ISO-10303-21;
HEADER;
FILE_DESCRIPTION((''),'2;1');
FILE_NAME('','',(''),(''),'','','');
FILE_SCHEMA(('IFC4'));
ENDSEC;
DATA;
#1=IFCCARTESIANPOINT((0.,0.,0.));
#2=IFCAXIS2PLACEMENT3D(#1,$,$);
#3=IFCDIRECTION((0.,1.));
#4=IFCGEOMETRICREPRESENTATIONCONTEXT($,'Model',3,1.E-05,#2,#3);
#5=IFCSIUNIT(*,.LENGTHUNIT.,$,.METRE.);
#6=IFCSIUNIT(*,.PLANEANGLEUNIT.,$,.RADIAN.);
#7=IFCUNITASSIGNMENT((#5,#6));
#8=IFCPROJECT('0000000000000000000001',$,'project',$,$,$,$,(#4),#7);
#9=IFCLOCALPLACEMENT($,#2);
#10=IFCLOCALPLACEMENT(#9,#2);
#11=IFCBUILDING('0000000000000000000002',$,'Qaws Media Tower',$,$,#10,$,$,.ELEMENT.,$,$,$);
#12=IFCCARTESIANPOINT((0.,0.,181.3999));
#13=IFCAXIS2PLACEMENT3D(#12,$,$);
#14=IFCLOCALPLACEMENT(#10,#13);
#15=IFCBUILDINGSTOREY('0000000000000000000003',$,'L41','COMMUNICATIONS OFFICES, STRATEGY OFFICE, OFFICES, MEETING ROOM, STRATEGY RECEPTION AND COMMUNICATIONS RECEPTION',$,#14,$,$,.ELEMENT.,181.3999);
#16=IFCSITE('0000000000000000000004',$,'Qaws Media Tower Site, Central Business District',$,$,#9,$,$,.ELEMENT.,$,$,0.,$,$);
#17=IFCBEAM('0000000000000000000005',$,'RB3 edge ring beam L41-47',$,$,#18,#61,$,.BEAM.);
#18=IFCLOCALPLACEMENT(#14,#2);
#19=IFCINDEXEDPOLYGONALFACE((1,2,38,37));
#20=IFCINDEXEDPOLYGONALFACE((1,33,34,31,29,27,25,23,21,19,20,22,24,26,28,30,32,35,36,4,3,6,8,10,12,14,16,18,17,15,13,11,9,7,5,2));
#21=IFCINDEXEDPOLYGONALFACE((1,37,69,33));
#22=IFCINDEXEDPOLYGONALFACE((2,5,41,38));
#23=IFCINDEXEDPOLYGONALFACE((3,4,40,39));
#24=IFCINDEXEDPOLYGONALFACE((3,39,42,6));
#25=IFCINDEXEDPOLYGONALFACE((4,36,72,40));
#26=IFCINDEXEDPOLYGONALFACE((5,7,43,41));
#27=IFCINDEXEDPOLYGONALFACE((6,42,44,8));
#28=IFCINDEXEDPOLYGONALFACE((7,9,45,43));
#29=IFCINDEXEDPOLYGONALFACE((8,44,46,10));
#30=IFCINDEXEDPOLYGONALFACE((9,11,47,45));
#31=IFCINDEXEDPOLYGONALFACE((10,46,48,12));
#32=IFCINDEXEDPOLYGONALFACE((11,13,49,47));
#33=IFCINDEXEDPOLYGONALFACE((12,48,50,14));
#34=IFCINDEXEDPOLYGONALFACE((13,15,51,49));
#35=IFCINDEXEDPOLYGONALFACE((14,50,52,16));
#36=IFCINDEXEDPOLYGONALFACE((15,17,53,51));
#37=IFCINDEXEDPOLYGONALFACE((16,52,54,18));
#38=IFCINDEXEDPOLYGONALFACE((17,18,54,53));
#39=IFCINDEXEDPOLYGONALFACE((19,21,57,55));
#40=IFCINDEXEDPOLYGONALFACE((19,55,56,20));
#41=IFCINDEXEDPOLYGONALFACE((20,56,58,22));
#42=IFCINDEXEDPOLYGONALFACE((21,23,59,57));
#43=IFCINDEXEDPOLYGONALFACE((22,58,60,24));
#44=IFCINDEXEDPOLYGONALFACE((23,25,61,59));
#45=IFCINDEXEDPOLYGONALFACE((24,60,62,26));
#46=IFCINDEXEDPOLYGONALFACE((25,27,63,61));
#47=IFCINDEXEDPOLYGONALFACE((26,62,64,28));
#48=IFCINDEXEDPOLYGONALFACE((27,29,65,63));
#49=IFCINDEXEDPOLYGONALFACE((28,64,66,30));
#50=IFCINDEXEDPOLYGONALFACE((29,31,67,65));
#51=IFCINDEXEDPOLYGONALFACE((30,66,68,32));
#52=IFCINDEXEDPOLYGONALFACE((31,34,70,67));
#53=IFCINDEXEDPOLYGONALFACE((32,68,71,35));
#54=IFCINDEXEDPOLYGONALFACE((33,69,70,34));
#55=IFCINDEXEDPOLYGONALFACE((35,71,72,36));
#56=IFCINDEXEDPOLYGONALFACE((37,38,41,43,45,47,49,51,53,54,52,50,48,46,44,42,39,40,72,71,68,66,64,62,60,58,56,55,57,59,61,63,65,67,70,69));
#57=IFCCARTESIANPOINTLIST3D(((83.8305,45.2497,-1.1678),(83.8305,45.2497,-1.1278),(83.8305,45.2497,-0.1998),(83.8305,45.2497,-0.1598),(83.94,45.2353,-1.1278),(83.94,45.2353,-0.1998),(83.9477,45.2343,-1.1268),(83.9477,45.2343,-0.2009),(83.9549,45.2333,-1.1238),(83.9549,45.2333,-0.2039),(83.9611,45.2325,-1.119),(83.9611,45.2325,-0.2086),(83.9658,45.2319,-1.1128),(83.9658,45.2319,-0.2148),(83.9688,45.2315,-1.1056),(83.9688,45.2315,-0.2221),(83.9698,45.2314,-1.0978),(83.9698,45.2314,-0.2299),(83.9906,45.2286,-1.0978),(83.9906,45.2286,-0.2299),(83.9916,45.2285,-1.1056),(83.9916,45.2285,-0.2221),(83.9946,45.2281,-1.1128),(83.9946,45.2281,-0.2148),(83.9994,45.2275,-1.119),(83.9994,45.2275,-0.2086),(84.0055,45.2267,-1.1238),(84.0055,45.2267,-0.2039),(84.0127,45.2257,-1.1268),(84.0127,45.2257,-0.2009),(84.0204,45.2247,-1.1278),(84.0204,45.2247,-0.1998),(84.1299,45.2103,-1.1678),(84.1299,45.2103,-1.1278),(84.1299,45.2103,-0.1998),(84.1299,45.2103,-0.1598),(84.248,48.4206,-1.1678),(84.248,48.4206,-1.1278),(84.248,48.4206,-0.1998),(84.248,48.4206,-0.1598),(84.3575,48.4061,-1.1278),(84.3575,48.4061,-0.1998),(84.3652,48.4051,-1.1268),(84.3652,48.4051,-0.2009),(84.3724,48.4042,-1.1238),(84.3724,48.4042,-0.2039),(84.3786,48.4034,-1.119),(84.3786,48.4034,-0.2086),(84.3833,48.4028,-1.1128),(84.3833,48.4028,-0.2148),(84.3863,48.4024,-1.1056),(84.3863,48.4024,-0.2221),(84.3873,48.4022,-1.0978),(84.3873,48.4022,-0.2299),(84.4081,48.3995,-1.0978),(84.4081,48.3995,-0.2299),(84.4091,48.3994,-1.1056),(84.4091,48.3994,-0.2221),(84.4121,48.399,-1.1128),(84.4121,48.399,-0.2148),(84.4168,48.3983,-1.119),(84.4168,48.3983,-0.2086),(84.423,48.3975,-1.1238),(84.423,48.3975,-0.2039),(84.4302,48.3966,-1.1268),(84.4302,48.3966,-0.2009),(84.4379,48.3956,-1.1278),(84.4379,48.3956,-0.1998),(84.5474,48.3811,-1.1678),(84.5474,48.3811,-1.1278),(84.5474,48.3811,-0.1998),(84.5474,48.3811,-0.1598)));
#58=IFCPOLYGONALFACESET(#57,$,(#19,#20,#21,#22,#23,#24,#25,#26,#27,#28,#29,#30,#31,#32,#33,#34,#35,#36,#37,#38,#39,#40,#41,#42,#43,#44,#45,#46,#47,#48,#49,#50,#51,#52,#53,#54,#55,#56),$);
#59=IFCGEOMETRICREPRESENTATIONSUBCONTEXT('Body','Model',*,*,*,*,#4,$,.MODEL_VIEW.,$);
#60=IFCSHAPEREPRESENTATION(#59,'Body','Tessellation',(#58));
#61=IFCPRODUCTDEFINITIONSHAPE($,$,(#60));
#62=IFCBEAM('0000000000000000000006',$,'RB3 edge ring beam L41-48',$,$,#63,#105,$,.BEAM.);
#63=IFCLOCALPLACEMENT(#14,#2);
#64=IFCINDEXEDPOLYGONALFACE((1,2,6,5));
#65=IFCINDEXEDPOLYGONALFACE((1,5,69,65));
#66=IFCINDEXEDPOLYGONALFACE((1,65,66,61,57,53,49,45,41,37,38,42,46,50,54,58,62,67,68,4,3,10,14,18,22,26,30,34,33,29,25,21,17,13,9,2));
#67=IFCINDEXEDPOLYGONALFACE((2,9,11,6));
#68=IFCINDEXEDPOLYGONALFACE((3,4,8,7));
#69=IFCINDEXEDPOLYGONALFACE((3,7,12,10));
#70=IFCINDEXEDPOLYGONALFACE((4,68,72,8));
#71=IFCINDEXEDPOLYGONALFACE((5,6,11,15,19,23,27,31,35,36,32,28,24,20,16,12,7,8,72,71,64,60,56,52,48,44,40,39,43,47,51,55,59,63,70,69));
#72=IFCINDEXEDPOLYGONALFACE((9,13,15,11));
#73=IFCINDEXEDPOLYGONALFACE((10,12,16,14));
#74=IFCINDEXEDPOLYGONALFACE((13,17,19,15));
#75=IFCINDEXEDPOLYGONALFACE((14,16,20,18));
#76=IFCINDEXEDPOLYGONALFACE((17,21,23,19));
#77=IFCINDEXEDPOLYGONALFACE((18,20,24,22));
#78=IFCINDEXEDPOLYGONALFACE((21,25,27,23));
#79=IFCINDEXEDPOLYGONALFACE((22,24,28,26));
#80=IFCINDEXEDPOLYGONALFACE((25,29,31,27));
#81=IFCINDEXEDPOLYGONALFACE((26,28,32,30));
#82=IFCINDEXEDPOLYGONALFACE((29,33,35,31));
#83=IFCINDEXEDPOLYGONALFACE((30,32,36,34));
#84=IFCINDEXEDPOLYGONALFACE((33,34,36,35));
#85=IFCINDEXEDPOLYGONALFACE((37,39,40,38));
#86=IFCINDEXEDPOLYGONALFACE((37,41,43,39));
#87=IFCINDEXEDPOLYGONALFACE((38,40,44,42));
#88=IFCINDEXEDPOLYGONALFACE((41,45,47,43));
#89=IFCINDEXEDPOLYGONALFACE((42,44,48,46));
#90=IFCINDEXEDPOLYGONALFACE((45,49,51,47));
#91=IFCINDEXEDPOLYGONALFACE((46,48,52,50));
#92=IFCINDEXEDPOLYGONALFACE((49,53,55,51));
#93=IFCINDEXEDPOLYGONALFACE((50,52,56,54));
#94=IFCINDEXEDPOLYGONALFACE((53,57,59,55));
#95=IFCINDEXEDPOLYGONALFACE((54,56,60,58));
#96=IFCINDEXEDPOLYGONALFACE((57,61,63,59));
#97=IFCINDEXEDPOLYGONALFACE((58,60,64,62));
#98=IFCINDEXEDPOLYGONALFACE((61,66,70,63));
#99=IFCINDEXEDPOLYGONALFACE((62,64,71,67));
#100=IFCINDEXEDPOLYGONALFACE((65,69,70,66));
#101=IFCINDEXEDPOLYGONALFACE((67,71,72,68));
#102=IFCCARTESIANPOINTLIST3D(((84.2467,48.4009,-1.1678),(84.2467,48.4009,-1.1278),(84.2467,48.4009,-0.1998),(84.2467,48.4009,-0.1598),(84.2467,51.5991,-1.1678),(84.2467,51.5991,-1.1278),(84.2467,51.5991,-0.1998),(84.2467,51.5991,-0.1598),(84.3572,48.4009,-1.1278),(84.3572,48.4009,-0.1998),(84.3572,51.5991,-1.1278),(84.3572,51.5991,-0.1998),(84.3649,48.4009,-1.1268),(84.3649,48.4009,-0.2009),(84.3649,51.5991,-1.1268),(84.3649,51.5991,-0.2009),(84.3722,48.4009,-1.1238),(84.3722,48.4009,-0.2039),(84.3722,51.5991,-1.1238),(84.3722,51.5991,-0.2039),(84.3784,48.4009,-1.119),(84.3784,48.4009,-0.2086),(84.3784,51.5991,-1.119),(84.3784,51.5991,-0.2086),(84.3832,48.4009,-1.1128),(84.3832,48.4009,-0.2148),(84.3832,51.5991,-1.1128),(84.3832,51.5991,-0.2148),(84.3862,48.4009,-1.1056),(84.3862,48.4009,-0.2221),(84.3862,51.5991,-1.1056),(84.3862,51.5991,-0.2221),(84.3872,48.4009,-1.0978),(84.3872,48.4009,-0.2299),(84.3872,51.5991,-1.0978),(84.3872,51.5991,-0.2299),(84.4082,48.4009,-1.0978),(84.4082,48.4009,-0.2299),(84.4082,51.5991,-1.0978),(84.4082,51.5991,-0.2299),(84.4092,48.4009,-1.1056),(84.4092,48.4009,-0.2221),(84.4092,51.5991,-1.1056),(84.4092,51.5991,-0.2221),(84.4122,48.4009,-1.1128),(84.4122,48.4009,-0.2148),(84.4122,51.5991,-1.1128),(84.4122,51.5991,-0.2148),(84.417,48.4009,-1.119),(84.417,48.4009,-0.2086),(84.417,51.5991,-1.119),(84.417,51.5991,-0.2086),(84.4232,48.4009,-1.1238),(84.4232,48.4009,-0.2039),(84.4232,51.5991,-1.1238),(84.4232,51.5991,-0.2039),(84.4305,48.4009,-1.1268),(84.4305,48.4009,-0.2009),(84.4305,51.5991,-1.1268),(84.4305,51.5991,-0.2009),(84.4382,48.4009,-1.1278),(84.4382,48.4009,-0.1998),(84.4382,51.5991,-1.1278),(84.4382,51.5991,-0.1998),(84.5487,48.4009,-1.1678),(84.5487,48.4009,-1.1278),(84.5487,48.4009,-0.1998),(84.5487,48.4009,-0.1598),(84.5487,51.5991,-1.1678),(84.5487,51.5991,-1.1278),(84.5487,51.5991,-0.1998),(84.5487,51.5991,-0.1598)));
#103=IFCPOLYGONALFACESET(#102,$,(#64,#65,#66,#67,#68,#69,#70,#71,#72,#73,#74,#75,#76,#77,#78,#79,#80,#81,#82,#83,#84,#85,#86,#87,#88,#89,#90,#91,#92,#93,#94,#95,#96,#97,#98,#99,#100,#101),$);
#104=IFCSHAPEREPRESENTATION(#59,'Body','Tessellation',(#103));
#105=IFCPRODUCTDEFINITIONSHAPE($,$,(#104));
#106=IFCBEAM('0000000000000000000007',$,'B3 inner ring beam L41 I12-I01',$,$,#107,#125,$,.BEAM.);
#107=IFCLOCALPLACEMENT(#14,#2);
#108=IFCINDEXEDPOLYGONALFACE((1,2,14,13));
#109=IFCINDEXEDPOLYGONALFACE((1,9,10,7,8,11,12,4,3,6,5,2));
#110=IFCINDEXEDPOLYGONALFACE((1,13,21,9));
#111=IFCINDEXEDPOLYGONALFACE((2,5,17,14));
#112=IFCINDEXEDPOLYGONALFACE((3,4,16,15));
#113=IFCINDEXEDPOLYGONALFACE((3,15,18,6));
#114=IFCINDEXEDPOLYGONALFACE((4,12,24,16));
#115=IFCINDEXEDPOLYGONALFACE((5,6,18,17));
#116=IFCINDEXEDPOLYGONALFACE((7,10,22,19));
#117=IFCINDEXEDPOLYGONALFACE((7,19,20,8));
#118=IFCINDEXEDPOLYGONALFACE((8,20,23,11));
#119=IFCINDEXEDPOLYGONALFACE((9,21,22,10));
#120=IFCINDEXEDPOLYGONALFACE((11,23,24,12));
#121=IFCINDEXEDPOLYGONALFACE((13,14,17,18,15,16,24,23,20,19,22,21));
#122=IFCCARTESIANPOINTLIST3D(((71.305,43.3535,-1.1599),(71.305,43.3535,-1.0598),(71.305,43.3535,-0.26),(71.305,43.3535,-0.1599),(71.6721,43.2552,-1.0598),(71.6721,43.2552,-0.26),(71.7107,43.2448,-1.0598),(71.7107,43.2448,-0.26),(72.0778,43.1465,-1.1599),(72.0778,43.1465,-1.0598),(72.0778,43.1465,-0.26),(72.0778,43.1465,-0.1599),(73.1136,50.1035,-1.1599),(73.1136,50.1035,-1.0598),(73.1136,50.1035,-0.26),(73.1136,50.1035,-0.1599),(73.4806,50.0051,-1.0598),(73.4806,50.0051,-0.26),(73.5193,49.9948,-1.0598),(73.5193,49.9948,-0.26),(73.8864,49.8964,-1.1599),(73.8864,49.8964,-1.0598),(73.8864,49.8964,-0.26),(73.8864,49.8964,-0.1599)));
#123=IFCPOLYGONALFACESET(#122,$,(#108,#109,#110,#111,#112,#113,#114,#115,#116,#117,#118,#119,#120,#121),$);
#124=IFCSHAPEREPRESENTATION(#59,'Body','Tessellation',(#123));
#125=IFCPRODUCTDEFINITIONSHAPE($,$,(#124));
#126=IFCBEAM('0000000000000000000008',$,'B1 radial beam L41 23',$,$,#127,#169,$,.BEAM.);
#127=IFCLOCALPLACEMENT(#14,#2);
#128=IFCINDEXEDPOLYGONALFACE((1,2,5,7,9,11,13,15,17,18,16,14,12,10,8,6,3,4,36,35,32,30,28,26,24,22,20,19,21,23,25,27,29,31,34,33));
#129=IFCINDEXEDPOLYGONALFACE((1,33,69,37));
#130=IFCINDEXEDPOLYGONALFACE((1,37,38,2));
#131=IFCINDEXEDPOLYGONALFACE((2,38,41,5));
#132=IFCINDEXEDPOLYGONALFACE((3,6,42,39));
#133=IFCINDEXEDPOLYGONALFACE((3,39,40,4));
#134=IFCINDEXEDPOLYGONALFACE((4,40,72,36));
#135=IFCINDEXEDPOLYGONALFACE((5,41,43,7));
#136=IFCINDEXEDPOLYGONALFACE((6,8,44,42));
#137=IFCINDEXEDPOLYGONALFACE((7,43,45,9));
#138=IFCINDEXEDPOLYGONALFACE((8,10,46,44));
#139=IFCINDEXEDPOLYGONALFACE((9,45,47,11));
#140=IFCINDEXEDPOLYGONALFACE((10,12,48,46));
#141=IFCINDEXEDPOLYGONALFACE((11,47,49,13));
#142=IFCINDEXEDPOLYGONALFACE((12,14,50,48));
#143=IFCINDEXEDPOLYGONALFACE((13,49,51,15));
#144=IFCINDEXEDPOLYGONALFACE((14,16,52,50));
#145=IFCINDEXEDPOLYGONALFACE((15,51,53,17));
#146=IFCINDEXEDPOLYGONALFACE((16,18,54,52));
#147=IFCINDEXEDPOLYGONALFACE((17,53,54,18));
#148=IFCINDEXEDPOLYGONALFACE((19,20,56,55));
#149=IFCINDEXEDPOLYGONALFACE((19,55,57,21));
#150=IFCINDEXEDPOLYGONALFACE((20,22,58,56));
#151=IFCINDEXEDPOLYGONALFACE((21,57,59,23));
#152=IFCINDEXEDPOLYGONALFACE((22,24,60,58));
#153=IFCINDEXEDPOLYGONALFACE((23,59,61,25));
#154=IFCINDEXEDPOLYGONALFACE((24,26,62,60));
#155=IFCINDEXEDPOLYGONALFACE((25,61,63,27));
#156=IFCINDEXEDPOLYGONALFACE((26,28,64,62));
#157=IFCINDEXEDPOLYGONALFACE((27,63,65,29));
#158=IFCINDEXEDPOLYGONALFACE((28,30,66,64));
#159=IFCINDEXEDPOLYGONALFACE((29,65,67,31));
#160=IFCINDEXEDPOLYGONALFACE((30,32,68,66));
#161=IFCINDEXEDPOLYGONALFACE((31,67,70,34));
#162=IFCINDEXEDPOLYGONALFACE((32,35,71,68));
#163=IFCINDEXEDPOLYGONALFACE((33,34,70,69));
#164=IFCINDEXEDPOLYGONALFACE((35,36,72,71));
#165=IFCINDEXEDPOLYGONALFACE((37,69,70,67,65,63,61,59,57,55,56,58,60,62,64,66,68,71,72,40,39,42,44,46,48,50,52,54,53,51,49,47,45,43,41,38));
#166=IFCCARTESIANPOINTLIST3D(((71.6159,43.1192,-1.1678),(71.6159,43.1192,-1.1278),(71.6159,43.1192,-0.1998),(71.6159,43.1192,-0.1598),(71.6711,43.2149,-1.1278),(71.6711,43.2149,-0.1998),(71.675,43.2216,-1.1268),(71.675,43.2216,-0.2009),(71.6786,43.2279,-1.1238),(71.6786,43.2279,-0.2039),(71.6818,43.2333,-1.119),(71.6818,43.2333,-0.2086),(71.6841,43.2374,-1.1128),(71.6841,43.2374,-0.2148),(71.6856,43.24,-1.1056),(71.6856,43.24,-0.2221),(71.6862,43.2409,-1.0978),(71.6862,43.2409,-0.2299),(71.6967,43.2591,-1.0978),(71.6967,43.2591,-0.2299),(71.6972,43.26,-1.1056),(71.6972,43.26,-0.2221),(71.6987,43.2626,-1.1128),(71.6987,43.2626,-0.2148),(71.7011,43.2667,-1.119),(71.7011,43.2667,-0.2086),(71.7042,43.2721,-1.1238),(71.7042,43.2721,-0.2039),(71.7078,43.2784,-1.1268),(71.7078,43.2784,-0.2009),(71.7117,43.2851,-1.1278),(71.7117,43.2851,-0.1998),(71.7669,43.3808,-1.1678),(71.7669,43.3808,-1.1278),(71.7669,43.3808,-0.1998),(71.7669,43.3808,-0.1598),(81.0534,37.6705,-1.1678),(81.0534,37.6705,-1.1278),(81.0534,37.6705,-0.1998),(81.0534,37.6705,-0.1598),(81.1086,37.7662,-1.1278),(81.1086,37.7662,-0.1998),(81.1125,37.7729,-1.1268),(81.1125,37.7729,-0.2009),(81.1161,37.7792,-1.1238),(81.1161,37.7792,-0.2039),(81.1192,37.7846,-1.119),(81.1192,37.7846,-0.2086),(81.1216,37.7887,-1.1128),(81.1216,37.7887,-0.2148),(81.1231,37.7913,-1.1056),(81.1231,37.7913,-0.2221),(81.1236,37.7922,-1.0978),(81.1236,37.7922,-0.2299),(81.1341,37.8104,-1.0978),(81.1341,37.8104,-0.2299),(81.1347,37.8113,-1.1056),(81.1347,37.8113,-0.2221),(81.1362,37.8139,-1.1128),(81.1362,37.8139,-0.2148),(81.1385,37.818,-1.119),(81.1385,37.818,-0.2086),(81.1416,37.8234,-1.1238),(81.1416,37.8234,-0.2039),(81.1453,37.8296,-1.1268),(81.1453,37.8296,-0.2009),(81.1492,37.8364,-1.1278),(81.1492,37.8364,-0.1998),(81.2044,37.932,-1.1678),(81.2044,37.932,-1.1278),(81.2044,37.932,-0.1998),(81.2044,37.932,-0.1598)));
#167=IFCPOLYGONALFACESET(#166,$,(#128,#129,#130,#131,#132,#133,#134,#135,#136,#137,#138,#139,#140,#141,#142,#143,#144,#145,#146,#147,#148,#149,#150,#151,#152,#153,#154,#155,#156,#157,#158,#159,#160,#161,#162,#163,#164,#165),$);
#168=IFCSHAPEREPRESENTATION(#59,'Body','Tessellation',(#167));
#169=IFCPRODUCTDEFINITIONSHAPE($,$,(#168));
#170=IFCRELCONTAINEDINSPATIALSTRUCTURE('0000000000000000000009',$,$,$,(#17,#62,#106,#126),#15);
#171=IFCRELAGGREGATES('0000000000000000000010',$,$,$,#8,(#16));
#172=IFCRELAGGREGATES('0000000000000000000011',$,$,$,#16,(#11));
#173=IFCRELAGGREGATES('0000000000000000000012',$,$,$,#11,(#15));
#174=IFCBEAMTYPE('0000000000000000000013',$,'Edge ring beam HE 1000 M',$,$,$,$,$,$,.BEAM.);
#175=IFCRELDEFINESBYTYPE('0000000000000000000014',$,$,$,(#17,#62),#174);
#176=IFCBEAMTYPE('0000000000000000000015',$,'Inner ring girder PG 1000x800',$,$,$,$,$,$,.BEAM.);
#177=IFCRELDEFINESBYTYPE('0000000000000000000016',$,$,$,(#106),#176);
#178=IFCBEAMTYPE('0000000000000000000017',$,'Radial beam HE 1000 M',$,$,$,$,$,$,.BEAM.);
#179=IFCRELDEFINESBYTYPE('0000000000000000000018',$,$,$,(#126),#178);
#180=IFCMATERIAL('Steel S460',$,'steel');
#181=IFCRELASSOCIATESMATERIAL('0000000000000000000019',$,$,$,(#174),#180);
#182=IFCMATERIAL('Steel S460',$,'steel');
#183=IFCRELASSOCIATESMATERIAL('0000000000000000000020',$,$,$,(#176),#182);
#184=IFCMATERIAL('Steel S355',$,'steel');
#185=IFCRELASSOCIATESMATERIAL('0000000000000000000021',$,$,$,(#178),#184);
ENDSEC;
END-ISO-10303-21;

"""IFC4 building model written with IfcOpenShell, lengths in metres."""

from ifc_helpers import new_model, si_unit, direction, frame, origin, origin_2d, place, context, subcontext, project, spatial, i_section, extrude, material, material_profile, profile_set, type_object, element, save


model = new_model("IFC4")

# Units and contexts
model_context = context("Model", 3, precision=1e-05, world=origin(), true_north=direction((0.0, 1.0)))
body_context = subcontext(model_context, "Body", "Model", "MODEL_VIEW")
ifc_project = project(units=[si_unit("LENGTHUNIT", "METRE"), si_unit("PLANEANGLEUNIT", "RADIAN")], contexts=[model_context])

# Site, building, storey
site_placement = place(None, origin())
site = spatial("IfcSite", under=ifc_project, at=site_placement, Name="Qaws Media Tower Site, Central Business District", CompositionType="ELEMENT", RefElevation=0.0)
building_placement = place(site_placement, origin())
building = spatial("IfcBuilding", under=site, at=building_placement, Name="Qaws Media Tower", CompositionType="ELEMENT")
storey_placement = place(building_placement, frame((0.0, 0.0, 181.3999)))
storey = spatial("IfcBuildingStorey", under=building, at=storey_placement, Name="L41", Description="COMMUNICATIONS OFFICES, STRATEGY OFFICE, OFFICES, MEETING ROOM, STRATEGY RECEPTION AND COMMUNICATIONS RECEPTION", CompositionType="ELEMENT", Elevation=181.3999)

# Beams
ifc_material_1 = material(Name="Steel S460", Category="steel")
ifc_material_profile_1 = material_profile(ifc_material_1, i_section(OverallWidth=0.302, OverallDepth=1.0081, WebThickness=0.021, FlangeThickness=0.04, FilletRadius=0.03, at=origin_2d()), Name="HE 1000 M")
ifc_profile_set_1 = profile_set([ifc_material_profile_1], Name="Steel S460")
beam_type_1 = type_object("IfcBeamType", Name="Edge ring beam HE 1000 M", PredefinedType="BEAM", material=ifc_profile_set_1)
for number, where, z_axis, x_axis, name in (
    (1, (83.9802, 45.23, -0.6638), (0.130533, 0.991444, 0.0), (-0.991444, 0.130533, 0.0), "RB3 edge ring beam L41-47"),
    (2, (84.3977, 48.4009, -0.6638), (0.0, 1.0, 0.0), (-1.0, 0.0, 0.0), "RB3 edge ring beam L41-48"),
):
    element("IfcBeam", number, at=place(storey_placement, frame(where, z_axis=z_axis, x_axis=x_axis)), inside=storey, type_object=beam_type_1, Name=name, PredefinedType="BEAM", context=body_context, shape_type="SweptSolid", body=[
        extrude(i_section(OverallWidth=0.302, OverallDepth=1.0081, WebThickness=0.021, FlangeThickness=0.04, FilletRadius=0.03, at=origin_2d()), origin(), (0.0, 0.0, 1.0), 3.1982),
    ])
ifc_material_2 = material(Name="Steel S460", Category="steel")
ifc_material_profile_2 = material_profile(ifc_material_2, i_section(OverallWidth=0.8, OverallDepth=1.0, WebThickness=0.04, FlangeThickness=0.1001, at=origin_2d()), Name="PG 1000x800")
ifc_profile_set_2 = profile_set([ifc_material_profile_2], Name="Steel S460")
beam_type_2 = type_object("IfcBeamType", Name="Inner ring girder PG 1000x800", PredefinedType="BEAM", material=ifc_profile_set_2)
beam_1_placement = place(storey_placement, frame((71.6914, 43.25, -0.6599), z_axis=(0.258811, 0.965928, 0.0), x_axis=(-0.965928, 0.258811, 0.0)))
element("IfcBeam", 3, at=beam_1_placement, inside=storey, type_object=beam_type_2, Name="B3 inner ring beam L41 I12-I01", PredefinedType="BEAM", context=body_context, shape_type="SweptSolid", body=[
    extrude(i_section(OverallWidth=0.8, OverallDepth=1.0, WebThickness=0.04, FlangeThickness=0.1001, at=origin_2d()), origin(), (0.0, 0.0, 1.0), 6.988),
])
ifc_material_3 = material(Name="Steel S355", Category="steel")
ifc_material_profile_3 = material_profile(ifc_material_3, i_section(OverallWidth=0.302, OverallDepth=1.0081, WebThickness=0.021, FlangeThickness=0.04, FilletRadius=0.03, at=origin_2d()), Name="HE 1000 M")
ifc_profile_set_3 = profile_set([ifc_material_profile_3], Name="Steel S355")
beam_type_3 = type_object("IfcBeamType", Name="Radial beam HE 1000 M", PredefinedType="BEAM", material=ifc_profile_set_3)
beam_2_placement = place(storey_placement, frame((71.6914, 43.25, -0.6638), z_axis=(0.866026, -0.499999, 0.0), x_axis=(0.499999, 0.866026, 0.0)))
element("IfcBeam", 4, at=beam_2_placement, inside=storey, type_object=beam_type_3, Name="B1 radial beam L41 23", PredefinedType="BEAM", context=body_context, shape_type="SweptSolid", body=[
    extrude(i_section(OverallWidth=0.302, OverallDepth=1.0081, WebThickness=0.021, FlangeThickness=0.04, FilletRadius=0.03, at=origin_2d()), origin(), (0.0, 0.0, 1.0), 10.8975),
])

save(model, "model.ifc")
